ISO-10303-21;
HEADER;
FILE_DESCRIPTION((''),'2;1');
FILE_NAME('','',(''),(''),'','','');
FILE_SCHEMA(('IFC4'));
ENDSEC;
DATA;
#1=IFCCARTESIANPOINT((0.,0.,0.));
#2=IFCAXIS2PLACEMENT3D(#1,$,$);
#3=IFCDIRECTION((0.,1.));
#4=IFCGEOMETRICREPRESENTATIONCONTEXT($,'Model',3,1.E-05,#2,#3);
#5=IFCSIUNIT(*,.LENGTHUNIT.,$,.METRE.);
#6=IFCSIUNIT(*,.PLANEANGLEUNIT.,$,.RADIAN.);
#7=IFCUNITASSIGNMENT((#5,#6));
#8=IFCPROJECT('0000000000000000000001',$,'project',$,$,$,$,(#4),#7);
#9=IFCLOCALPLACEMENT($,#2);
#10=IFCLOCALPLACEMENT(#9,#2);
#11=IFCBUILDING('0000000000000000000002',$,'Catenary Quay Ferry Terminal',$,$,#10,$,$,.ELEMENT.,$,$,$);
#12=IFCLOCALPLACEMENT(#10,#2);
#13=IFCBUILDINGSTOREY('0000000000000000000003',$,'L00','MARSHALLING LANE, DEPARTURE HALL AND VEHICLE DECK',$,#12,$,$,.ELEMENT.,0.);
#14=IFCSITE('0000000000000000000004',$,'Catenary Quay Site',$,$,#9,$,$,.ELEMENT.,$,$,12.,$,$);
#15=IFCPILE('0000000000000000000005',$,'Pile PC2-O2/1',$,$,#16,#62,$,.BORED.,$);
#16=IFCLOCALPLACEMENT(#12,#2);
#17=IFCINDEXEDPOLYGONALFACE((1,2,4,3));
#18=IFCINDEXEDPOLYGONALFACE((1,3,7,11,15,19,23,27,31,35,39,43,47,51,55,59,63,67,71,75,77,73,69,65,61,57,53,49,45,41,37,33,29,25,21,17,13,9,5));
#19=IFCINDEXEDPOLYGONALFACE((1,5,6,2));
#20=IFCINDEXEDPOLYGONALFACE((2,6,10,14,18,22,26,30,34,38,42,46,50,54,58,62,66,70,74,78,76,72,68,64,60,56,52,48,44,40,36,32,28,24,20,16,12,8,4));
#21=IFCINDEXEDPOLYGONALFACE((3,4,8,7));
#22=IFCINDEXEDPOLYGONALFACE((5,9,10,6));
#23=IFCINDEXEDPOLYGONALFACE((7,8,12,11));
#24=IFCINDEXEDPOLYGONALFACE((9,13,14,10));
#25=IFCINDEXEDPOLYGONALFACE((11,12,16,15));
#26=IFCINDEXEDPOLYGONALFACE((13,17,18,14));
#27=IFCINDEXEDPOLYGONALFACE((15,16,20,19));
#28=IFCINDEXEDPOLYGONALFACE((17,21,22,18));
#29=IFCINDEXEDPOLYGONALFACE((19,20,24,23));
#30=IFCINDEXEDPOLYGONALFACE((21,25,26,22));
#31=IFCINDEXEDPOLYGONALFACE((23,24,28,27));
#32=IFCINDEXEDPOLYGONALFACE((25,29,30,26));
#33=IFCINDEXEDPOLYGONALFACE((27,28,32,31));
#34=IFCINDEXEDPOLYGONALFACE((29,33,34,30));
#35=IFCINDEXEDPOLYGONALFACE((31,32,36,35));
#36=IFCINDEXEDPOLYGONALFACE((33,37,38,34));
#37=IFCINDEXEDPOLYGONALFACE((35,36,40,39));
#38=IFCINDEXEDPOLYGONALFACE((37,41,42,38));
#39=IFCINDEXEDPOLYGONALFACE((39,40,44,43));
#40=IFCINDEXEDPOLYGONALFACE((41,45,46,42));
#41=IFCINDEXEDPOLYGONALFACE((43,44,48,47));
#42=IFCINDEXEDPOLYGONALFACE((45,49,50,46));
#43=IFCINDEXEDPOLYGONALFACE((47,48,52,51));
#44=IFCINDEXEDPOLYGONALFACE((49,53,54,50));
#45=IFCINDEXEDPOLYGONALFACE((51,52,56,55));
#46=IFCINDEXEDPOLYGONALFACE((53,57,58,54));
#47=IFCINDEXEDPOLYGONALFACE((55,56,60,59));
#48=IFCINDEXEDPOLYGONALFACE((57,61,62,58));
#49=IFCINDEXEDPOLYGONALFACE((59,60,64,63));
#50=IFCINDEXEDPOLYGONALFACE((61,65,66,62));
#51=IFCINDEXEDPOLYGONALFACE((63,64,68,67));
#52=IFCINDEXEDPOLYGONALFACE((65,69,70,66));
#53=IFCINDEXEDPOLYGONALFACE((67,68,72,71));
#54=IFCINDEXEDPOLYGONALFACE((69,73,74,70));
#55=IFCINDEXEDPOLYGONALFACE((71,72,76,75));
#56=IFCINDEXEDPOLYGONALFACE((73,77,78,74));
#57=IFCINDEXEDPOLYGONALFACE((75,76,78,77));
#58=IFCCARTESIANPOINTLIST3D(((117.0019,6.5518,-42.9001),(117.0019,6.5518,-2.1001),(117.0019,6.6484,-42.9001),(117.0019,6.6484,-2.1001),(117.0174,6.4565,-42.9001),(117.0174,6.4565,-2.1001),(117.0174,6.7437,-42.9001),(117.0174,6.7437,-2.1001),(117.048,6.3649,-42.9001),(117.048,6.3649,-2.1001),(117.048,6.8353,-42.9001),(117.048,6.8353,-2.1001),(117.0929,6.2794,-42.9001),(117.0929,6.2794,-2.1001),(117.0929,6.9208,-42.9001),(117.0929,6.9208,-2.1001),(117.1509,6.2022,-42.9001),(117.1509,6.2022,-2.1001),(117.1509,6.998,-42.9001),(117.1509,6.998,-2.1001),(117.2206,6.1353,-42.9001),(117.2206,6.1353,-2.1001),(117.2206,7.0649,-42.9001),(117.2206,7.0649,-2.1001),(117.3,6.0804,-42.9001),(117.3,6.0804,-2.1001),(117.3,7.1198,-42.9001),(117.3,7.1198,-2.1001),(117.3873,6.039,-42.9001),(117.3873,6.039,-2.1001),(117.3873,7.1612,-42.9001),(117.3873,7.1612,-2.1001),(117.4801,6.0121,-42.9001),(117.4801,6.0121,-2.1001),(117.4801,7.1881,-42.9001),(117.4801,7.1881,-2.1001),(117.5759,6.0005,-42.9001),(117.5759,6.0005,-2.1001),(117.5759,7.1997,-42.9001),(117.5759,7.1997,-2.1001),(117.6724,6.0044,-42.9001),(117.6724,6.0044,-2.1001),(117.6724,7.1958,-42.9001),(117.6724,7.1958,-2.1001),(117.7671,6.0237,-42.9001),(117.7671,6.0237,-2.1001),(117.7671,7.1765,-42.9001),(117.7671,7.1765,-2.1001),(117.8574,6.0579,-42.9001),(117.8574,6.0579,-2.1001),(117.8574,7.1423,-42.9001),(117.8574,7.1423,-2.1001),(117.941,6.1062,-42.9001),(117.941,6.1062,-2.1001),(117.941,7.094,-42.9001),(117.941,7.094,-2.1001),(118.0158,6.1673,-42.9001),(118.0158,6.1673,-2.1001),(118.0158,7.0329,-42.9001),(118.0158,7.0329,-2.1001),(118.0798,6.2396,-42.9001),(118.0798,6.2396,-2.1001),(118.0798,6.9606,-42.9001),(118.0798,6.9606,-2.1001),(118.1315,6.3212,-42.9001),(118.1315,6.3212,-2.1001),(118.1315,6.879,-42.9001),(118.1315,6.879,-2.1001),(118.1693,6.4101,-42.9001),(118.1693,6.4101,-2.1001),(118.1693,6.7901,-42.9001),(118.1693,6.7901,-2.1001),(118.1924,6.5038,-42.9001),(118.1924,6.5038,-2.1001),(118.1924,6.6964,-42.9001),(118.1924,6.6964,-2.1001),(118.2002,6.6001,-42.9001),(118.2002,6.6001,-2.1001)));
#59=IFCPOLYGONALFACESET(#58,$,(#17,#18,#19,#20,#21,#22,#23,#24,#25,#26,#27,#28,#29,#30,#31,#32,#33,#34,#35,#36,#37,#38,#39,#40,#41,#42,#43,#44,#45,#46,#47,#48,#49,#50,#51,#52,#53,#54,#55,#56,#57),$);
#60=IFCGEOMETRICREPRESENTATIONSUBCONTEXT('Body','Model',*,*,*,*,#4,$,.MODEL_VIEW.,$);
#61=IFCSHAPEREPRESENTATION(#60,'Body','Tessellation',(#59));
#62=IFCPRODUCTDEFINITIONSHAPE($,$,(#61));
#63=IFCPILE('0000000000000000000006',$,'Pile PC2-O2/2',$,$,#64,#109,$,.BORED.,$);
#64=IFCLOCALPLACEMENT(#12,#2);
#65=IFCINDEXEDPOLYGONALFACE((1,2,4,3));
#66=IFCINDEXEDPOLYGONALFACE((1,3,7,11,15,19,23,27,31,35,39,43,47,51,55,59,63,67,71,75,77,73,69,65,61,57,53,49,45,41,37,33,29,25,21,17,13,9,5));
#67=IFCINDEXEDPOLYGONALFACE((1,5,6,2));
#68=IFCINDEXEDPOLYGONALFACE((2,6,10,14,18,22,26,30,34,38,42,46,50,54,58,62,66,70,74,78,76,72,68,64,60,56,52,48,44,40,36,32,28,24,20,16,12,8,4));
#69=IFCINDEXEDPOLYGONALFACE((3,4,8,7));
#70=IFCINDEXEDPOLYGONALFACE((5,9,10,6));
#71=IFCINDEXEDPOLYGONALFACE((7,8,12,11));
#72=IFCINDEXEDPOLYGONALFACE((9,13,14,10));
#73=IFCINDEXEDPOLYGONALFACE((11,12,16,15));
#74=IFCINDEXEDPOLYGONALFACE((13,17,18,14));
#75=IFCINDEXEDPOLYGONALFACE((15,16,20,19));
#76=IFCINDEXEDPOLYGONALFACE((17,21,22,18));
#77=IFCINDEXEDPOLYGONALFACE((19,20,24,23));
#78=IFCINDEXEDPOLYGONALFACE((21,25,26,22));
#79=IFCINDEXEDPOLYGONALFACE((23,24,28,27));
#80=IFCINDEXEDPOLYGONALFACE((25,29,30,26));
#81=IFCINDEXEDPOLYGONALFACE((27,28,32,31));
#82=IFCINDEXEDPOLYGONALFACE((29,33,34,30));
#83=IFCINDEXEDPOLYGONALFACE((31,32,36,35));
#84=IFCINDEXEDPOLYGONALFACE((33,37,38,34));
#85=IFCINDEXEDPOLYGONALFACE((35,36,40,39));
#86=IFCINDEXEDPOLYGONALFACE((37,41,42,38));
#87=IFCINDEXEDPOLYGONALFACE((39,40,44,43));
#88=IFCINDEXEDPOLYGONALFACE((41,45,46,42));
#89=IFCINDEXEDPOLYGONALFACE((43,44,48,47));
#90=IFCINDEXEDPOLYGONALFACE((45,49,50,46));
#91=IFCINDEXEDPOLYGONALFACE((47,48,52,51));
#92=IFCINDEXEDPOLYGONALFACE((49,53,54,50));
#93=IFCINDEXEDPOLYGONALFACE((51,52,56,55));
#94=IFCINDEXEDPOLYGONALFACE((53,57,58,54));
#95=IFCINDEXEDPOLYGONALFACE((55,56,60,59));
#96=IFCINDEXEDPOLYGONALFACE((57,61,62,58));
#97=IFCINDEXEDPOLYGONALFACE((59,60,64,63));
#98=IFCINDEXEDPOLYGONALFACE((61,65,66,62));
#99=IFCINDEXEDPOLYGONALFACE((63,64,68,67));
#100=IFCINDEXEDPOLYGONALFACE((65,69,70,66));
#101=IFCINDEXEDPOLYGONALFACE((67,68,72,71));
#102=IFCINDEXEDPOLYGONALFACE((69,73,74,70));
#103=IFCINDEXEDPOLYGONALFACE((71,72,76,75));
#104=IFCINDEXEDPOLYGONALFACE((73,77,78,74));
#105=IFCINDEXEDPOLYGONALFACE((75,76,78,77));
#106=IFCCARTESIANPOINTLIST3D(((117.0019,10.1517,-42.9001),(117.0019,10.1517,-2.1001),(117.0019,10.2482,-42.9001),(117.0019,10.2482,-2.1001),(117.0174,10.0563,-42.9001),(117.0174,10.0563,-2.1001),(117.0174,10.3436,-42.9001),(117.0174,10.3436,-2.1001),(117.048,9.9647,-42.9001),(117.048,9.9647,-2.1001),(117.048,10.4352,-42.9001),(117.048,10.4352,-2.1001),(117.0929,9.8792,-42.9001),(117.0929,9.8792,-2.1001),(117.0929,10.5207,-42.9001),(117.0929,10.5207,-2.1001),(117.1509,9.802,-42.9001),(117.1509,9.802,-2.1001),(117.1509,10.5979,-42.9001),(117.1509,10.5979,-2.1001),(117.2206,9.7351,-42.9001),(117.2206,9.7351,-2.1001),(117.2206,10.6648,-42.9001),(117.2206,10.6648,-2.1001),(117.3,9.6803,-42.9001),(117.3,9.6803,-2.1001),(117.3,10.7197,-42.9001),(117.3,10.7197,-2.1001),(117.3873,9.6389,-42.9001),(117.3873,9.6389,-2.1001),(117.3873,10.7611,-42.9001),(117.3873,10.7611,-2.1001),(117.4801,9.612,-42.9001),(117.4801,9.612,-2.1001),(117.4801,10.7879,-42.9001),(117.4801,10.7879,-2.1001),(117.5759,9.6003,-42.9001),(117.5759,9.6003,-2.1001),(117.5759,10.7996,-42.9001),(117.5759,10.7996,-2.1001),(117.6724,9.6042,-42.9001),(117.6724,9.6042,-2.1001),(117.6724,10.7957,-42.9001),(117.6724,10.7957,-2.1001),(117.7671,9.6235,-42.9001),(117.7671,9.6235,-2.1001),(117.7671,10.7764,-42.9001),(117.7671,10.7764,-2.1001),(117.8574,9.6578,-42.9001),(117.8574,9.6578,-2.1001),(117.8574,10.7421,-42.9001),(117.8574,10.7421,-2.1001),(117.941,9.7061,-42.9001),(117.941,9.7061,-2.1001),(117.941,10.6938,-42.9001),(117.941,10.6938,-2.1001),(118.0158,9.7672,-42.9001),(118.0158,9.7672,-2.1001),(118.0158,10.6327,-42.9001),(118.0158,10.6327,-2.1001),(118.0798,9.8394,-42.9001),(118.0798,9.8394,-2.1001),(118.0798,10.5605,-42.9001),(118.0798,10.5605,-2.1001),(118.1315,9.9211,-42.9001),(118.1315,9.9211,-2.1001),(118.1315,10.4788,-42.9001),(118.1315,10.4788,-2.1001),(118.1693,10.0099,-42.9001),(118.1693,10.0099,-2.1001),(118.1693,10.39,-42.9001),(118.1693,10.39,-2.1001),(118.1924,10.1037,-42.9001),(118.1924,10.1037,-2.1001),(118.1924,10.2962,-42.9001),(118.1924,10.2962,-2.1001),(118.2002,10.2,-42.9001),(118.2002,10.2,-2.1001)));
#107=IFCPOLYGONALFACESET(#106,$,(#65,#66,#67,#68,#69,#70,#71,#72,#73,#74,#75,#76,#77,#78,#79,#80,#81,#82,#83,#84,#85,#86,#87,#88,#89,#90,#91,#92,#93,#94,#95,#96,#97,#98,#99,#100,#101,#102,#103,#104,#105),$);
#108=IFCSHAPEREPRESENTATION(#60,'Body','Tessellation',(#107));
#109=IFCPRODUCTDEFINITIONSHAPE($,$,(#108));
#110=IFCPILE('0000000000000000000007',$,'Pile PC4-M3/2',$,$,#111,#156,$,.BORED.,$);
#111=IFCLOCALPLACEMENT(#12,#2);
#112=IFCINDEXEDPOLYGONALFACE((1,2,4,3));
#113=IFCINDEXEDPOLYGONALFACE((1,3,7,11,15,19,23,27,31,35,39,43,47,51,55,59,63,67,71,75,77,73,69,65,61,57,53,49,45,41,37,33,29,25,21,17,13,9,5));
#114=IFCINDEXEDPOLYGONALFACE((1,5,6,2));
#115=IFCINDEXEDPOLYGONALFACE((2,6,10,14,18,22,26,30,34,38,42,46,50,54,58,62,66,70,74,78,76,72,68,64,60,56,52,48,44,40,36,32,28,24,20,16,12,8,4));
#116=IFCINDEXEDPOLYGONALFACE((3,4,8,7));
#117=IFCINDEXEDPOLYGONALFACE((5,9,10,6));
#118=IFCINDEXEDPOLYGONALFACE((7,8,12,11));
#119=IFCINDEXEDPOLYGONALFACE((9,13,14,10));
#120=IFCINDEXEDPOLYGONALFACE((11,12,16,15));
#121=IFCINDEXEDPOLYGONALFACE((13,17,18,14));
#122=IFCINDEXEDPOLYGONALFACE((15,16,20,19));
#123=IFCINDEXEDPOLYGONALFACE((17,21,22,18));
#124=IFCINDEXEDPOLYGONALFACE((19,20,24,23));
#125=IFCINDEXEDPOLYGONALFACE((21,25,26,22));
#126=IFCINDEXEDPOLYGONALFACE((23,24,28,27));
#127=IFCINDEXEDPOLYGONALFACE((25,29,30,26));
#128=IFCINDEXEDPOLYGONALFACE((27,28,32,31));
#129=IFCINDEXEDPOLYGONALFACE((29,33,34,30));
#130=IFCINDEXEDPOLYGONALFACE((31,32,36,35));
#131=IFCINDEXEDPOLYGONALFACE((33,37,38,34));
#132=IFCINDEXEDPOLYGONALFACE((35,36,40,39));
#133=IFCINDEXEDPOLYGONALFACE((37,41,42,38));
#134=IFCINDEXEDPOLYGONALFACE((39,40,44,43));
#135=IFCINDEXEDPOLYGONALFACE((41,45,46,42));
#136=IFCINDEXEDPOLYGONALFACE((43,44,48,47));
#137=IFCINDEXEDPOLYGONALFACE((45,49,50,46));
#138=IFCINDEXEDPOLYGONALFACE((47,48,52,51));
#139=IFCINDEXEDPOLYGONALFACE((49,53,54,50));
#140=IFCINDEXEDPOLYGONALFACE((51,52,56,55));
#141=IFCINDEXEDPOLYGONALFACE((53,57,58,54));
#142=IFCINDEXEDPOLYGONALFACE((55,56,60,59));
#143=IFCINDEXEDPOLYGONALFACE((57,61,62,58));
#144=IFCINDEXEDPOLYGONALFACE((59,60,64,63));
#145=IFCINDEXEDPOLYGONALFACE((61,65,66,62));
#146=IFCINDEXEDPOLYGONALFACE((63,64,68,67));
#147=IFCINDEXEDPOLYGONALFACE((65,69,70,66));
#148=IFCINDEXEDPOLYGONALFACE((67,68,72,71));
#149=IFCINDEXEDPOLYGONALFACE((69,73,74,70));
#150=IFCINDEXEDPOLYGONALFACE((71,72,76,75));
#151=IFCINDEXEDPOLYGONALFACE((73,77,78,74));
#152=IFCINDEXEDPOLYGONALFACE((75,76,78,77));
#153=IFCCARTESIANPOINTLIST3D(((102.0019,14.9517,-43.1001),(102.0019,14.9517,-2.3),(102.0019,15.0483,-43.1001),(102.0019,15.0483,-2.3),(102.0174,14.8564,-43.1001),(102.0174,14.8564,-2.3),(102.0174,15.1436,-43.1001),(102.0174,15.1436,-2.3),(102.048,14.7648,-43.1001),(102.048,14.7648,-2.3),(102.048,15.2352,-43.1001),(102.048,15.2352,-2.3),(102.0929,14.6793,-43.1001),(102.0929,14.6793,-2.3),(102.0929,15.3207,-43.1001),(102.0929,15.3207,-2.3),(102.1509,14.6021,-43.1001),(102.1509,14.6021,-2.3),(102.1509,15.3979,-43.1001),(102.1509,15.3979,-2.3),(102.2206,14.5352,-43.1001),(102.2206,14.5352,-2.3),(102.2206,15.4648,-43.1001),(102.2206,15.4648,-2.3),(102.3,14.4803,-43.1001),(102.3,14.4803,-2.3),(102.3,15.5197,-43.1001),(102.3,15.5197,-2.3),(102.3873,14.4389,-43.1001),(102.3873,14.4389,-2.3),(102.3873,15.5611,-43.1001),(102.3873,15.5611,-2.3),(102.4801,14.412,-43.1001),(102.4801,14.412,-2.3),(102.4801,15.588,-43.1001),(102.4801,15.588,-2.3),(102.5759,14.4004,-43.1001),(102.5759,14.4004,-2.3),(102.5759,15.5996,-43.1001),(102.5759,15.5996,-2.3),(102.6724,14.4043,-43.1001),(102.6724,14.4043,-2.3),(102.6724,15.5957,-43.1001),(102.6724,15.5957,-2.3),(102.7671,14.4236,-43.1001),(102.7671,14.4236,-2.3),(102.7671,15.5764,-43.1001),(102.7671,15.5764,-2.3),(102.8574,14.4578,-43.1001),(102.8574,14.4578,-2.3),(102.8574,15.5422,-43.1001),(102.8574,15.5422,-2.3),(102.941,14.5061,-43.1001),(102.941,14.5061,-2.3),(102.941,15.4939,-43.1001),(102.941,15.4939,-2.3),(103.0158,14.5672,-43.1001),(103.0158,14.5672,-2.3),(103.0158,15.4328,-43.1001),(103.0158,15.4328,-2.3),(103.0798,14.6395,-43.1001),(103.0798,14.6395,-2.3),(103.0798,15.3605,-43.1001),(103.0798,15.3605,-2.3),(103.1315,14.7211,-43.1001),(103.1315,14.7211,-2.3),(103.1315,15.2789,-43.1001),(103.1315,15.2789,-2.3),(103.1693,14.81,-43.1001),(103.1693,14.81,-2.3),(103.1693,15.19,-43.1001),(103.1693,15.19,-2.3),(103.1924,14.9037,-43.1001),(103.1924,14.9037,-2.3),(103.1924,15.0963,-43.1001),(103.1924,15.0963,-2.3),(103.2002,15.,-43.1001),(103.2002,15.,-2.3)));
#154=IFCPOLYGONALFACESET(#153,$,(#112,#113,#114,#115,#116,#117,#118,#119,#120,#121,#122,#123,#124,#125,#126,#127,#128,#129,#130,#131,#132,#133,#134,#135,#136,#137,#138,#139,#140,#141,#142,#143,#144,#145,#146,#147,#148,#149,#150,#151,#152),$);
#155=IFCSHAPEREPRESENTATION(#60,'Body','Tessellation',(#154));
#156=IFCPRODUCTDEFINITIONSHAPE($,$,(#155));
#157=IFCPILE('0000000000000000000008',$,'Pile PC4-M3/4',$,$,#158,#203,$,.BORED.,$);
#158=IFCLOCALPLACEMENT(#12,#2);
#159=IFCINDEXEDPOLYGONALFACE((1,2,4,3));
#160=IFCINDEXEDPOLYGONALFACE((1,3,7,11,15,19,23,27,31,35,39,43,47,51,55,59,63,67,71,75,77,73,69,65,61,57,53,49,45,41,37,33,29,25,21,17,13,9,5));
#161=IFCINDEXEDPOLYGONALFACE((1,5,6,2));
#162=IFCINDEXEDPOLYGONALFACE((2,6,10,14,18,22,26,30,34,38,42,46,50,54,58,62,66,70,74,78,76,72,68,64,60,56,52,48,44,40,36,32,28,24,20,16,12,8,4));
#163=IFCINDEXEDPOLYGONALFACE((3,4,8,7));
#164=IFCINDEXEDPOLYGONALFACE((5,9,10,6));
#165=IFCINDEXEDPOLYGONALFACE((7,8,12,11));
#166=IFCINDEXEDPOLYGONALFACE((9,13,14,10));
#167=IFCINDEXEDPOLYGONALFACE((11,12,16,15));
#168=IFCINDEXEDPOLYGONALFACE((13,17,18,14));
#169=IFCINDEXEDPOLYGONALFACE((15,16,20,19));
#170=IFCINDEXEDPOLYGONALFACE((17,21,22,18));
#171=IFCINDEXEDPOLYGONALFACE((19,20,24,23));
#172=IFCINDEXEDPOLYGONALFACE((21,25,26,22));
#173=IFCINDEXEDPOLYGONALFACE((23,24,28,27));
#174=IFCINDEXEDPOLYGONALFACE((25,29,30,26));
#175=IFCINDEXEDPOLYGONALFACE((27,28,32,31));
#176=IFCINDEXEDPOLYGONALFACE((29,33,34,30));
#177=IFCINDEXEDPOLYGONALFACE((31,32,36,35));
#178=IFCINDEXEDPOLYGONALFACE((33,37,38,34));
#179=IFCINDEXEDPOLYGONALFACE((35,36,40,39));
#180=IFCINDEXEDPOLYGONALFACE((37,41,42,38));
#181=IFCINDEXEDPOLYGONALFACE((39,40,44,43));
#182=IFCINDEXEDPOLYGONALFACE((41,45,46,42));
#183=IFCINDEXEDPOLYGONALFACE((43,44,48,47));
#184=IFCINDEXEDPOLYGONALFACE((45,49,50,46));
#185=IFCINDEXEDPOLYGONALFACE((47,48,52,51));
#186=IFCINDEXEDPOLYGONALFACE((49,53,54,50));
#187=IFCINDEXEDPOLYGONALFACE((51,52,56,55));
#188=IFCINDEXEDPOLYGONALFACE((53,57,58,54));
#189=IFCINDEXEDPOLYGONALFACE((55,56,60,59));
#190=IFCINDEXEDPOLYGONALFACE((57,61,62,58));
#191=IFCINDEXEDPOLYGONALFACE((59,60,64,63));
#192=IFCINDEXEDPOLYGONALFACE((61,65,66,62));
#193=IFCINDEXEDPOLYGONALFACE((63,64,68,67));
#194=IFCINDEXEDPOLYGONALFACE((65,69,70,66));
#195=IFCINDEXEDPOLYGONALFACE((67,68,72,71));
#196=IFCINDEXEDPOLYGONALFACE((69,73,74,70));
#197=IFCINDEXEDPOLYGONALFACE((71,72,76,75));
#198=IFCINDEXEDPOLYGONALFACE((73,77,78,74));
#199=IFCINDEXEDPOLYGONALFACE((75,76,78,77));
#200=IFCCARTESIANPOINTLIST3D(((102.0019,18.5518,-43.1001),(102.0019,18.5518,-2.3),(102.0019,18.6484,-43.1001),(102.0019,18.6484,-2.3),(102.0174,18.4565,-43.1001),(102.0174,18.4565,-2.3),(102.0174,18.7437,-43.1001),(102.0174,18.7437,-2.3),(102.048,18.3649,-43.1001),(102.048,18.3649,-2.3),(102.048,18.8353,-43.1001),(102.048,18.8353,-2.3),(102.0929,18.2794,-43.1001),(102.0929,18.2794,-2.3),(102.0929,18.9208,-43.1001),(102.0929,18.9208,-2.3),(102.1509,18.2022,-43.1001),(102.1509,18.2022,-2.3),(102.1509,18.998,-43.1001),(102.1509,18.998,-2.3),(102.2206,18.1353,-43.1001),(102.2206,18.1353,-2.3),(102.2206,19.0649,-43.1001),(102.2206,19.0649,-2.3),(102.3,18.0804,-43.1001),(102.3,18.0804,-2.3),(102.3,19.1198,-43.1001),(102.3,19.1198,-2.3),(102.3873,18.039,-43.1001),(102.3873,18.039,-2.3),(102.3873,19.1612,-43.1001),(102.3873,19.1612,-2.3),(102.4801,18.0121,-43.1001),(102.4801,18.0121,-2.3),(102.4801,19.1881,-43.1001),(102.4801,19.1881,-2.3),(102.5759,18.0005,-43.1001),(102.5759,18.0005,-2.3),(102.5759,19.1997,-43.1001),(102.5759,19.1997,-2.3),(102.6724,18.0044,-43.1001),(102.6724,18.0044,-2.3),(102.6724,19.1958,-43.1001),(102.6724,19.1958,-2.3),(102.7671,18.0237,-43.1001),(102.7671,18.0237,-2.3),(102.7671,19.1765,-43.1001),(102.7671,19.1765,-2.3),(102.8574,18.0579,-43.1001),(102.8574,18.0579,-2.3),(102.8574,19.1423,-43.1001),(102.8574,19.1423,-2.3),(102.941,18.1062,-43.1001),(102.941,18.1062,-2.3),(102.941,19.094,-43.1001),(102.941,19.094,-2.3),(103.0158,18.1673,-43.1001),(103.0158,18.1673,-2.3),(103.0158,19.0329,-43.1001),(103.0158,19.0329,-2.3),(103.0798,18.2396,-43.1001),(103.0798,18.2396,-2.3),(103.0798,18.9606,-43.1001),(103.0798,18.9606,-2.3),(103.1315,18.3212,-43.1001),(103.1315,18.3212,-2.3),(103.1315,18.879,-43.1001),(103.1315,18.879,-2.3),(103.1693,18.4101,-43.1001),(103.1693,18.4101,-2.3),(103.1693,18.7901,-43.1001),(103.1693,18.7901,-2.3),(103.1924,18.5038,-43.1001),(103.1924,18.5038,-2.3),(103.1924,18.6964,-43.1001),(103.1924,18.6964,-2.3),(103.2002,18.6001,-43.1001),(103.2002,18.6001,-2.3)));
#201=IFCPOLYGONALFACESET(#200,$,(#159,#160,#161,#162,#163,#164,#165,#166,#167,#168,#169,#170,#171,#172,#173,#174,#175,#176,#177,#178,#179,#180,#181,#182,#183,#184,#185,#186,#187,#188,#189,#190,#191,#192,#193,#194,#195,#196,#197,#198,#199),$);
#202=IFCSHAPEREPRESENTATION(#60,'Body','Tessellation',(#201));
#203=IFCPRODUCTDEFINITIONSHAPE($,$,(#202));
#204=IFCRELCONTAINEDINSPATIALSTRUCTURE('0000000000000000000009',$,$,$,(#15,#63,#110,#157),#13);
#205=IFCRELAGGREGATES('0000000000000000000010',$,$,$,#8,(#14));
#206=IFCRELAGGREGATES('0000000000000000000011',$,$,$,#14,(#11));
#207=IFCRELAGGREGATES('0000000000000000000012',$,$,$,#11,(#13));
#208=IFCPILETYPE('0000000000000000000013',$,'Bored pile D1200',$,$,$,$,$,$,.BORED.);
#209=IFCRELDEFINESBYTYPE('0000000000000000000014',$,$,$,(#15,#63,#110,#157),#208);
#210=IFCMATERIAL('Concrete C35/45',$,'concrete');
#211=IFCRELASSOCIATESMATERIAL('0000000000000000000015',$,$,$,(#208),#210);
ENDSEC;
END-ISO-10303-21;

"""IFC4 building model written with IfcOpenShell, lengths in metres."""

from ifc_helpers import new_model, si_unit, direction, frame, origin, origin_2d, place, context, subcontext, project, spatial, circle, extrude, material, material_profile, profile_set, type_object, element, save


model = new_model("IFC4")

# Units and contexts
model_context = context("Model", 3, precision=1e-05, world=origin(), true_north=direction((0.0, 1.0)))
body_context = subcontext(model_context, "Body", "Model", "MODEL_VIEW")
ifc_project = project(units=[si_unit("LENGTHUNIT", "METRE"), si_unit("PLANEANGLEUNIT", "RADIAN")], contexts=[model_context])

# Site, building, storey
site_placement = place(None, origin())
site = spatial("IfcSite", under=ifc_project, at=site_placement, Name="Catenary Quay Site", CompositionType="ELEMENT", RefElevation=12.0)
building_placement = place(site_placement, origin())
building = spatial("IfcBuilding", under=site, at=building_placement, Name="Catenary Quay Ferry Terminal", CompositionType="ELEMENT")
storey_placement = place(building_placement, origin())
storey = spatial("IfcBuildingStorey", under=building, at=storey_placement, Name="L00", Description="MARSHALLING LANE, DEPARTURE HALL AND VEHICLE DECK", CompositionType="ELEMENT", Elevation=0.0)

# Piles
ifc_material_1 = material(Name="Concrete C35/45", Category="concrete")
ifc_material_profile_1 = material_profile(ifc_material_1, circle(Radius=0.6001, at=origin_2d()), Name="D1200")
ifc_profile_set_1 = profile_set([ifc_material_profile_1], Name="Concrete C35/45")
pile_type = type_object("IfcPileType", Name="Bored pile D1200", PredefinedType="BORED", material=ifc_profile_set_1)
for number, where, z_axis, x_axis, name in (
    (1, (117.6001, 6.6001, -2.1001), (0.0, 0.0, -1.0), (1.0, 0.0, 0.0), "Pile PC2-O2/1"),
    (2, (117.6001, 10.2, -2.1001), (0.0, 0.0, -1.0), (1.0, 0.0, 0.0), "Pile PC2-O2/2"),
    (3, (102.6001, 15.0, -2.3), (0.0, 0.0, -1.0), (1.0, 0.0, 0.0), "Pile PC4-M3/2"),
    (4, (102.6001, 18.6001, -2.3), (0.0, 0.0, -1.0), (1.0, 0.0, 0.0), "Pile PC4-M3/4"),
):
    element("IfcPile", number, at=place(storey_placement, frame(where, z_axis=z_axis, x_axis=x_axis)), inside=storey, type_object=pile_type, Name=name, PredefinedType="BORED", context=body_context, shape_type="SweptSolid", body=[
        extrude(circle(Radius=0.6001, at=origin_2d()), origin(), (0.0, 0.0, 1.0), 40.8),
    ])

save(model, "model.ifc")
